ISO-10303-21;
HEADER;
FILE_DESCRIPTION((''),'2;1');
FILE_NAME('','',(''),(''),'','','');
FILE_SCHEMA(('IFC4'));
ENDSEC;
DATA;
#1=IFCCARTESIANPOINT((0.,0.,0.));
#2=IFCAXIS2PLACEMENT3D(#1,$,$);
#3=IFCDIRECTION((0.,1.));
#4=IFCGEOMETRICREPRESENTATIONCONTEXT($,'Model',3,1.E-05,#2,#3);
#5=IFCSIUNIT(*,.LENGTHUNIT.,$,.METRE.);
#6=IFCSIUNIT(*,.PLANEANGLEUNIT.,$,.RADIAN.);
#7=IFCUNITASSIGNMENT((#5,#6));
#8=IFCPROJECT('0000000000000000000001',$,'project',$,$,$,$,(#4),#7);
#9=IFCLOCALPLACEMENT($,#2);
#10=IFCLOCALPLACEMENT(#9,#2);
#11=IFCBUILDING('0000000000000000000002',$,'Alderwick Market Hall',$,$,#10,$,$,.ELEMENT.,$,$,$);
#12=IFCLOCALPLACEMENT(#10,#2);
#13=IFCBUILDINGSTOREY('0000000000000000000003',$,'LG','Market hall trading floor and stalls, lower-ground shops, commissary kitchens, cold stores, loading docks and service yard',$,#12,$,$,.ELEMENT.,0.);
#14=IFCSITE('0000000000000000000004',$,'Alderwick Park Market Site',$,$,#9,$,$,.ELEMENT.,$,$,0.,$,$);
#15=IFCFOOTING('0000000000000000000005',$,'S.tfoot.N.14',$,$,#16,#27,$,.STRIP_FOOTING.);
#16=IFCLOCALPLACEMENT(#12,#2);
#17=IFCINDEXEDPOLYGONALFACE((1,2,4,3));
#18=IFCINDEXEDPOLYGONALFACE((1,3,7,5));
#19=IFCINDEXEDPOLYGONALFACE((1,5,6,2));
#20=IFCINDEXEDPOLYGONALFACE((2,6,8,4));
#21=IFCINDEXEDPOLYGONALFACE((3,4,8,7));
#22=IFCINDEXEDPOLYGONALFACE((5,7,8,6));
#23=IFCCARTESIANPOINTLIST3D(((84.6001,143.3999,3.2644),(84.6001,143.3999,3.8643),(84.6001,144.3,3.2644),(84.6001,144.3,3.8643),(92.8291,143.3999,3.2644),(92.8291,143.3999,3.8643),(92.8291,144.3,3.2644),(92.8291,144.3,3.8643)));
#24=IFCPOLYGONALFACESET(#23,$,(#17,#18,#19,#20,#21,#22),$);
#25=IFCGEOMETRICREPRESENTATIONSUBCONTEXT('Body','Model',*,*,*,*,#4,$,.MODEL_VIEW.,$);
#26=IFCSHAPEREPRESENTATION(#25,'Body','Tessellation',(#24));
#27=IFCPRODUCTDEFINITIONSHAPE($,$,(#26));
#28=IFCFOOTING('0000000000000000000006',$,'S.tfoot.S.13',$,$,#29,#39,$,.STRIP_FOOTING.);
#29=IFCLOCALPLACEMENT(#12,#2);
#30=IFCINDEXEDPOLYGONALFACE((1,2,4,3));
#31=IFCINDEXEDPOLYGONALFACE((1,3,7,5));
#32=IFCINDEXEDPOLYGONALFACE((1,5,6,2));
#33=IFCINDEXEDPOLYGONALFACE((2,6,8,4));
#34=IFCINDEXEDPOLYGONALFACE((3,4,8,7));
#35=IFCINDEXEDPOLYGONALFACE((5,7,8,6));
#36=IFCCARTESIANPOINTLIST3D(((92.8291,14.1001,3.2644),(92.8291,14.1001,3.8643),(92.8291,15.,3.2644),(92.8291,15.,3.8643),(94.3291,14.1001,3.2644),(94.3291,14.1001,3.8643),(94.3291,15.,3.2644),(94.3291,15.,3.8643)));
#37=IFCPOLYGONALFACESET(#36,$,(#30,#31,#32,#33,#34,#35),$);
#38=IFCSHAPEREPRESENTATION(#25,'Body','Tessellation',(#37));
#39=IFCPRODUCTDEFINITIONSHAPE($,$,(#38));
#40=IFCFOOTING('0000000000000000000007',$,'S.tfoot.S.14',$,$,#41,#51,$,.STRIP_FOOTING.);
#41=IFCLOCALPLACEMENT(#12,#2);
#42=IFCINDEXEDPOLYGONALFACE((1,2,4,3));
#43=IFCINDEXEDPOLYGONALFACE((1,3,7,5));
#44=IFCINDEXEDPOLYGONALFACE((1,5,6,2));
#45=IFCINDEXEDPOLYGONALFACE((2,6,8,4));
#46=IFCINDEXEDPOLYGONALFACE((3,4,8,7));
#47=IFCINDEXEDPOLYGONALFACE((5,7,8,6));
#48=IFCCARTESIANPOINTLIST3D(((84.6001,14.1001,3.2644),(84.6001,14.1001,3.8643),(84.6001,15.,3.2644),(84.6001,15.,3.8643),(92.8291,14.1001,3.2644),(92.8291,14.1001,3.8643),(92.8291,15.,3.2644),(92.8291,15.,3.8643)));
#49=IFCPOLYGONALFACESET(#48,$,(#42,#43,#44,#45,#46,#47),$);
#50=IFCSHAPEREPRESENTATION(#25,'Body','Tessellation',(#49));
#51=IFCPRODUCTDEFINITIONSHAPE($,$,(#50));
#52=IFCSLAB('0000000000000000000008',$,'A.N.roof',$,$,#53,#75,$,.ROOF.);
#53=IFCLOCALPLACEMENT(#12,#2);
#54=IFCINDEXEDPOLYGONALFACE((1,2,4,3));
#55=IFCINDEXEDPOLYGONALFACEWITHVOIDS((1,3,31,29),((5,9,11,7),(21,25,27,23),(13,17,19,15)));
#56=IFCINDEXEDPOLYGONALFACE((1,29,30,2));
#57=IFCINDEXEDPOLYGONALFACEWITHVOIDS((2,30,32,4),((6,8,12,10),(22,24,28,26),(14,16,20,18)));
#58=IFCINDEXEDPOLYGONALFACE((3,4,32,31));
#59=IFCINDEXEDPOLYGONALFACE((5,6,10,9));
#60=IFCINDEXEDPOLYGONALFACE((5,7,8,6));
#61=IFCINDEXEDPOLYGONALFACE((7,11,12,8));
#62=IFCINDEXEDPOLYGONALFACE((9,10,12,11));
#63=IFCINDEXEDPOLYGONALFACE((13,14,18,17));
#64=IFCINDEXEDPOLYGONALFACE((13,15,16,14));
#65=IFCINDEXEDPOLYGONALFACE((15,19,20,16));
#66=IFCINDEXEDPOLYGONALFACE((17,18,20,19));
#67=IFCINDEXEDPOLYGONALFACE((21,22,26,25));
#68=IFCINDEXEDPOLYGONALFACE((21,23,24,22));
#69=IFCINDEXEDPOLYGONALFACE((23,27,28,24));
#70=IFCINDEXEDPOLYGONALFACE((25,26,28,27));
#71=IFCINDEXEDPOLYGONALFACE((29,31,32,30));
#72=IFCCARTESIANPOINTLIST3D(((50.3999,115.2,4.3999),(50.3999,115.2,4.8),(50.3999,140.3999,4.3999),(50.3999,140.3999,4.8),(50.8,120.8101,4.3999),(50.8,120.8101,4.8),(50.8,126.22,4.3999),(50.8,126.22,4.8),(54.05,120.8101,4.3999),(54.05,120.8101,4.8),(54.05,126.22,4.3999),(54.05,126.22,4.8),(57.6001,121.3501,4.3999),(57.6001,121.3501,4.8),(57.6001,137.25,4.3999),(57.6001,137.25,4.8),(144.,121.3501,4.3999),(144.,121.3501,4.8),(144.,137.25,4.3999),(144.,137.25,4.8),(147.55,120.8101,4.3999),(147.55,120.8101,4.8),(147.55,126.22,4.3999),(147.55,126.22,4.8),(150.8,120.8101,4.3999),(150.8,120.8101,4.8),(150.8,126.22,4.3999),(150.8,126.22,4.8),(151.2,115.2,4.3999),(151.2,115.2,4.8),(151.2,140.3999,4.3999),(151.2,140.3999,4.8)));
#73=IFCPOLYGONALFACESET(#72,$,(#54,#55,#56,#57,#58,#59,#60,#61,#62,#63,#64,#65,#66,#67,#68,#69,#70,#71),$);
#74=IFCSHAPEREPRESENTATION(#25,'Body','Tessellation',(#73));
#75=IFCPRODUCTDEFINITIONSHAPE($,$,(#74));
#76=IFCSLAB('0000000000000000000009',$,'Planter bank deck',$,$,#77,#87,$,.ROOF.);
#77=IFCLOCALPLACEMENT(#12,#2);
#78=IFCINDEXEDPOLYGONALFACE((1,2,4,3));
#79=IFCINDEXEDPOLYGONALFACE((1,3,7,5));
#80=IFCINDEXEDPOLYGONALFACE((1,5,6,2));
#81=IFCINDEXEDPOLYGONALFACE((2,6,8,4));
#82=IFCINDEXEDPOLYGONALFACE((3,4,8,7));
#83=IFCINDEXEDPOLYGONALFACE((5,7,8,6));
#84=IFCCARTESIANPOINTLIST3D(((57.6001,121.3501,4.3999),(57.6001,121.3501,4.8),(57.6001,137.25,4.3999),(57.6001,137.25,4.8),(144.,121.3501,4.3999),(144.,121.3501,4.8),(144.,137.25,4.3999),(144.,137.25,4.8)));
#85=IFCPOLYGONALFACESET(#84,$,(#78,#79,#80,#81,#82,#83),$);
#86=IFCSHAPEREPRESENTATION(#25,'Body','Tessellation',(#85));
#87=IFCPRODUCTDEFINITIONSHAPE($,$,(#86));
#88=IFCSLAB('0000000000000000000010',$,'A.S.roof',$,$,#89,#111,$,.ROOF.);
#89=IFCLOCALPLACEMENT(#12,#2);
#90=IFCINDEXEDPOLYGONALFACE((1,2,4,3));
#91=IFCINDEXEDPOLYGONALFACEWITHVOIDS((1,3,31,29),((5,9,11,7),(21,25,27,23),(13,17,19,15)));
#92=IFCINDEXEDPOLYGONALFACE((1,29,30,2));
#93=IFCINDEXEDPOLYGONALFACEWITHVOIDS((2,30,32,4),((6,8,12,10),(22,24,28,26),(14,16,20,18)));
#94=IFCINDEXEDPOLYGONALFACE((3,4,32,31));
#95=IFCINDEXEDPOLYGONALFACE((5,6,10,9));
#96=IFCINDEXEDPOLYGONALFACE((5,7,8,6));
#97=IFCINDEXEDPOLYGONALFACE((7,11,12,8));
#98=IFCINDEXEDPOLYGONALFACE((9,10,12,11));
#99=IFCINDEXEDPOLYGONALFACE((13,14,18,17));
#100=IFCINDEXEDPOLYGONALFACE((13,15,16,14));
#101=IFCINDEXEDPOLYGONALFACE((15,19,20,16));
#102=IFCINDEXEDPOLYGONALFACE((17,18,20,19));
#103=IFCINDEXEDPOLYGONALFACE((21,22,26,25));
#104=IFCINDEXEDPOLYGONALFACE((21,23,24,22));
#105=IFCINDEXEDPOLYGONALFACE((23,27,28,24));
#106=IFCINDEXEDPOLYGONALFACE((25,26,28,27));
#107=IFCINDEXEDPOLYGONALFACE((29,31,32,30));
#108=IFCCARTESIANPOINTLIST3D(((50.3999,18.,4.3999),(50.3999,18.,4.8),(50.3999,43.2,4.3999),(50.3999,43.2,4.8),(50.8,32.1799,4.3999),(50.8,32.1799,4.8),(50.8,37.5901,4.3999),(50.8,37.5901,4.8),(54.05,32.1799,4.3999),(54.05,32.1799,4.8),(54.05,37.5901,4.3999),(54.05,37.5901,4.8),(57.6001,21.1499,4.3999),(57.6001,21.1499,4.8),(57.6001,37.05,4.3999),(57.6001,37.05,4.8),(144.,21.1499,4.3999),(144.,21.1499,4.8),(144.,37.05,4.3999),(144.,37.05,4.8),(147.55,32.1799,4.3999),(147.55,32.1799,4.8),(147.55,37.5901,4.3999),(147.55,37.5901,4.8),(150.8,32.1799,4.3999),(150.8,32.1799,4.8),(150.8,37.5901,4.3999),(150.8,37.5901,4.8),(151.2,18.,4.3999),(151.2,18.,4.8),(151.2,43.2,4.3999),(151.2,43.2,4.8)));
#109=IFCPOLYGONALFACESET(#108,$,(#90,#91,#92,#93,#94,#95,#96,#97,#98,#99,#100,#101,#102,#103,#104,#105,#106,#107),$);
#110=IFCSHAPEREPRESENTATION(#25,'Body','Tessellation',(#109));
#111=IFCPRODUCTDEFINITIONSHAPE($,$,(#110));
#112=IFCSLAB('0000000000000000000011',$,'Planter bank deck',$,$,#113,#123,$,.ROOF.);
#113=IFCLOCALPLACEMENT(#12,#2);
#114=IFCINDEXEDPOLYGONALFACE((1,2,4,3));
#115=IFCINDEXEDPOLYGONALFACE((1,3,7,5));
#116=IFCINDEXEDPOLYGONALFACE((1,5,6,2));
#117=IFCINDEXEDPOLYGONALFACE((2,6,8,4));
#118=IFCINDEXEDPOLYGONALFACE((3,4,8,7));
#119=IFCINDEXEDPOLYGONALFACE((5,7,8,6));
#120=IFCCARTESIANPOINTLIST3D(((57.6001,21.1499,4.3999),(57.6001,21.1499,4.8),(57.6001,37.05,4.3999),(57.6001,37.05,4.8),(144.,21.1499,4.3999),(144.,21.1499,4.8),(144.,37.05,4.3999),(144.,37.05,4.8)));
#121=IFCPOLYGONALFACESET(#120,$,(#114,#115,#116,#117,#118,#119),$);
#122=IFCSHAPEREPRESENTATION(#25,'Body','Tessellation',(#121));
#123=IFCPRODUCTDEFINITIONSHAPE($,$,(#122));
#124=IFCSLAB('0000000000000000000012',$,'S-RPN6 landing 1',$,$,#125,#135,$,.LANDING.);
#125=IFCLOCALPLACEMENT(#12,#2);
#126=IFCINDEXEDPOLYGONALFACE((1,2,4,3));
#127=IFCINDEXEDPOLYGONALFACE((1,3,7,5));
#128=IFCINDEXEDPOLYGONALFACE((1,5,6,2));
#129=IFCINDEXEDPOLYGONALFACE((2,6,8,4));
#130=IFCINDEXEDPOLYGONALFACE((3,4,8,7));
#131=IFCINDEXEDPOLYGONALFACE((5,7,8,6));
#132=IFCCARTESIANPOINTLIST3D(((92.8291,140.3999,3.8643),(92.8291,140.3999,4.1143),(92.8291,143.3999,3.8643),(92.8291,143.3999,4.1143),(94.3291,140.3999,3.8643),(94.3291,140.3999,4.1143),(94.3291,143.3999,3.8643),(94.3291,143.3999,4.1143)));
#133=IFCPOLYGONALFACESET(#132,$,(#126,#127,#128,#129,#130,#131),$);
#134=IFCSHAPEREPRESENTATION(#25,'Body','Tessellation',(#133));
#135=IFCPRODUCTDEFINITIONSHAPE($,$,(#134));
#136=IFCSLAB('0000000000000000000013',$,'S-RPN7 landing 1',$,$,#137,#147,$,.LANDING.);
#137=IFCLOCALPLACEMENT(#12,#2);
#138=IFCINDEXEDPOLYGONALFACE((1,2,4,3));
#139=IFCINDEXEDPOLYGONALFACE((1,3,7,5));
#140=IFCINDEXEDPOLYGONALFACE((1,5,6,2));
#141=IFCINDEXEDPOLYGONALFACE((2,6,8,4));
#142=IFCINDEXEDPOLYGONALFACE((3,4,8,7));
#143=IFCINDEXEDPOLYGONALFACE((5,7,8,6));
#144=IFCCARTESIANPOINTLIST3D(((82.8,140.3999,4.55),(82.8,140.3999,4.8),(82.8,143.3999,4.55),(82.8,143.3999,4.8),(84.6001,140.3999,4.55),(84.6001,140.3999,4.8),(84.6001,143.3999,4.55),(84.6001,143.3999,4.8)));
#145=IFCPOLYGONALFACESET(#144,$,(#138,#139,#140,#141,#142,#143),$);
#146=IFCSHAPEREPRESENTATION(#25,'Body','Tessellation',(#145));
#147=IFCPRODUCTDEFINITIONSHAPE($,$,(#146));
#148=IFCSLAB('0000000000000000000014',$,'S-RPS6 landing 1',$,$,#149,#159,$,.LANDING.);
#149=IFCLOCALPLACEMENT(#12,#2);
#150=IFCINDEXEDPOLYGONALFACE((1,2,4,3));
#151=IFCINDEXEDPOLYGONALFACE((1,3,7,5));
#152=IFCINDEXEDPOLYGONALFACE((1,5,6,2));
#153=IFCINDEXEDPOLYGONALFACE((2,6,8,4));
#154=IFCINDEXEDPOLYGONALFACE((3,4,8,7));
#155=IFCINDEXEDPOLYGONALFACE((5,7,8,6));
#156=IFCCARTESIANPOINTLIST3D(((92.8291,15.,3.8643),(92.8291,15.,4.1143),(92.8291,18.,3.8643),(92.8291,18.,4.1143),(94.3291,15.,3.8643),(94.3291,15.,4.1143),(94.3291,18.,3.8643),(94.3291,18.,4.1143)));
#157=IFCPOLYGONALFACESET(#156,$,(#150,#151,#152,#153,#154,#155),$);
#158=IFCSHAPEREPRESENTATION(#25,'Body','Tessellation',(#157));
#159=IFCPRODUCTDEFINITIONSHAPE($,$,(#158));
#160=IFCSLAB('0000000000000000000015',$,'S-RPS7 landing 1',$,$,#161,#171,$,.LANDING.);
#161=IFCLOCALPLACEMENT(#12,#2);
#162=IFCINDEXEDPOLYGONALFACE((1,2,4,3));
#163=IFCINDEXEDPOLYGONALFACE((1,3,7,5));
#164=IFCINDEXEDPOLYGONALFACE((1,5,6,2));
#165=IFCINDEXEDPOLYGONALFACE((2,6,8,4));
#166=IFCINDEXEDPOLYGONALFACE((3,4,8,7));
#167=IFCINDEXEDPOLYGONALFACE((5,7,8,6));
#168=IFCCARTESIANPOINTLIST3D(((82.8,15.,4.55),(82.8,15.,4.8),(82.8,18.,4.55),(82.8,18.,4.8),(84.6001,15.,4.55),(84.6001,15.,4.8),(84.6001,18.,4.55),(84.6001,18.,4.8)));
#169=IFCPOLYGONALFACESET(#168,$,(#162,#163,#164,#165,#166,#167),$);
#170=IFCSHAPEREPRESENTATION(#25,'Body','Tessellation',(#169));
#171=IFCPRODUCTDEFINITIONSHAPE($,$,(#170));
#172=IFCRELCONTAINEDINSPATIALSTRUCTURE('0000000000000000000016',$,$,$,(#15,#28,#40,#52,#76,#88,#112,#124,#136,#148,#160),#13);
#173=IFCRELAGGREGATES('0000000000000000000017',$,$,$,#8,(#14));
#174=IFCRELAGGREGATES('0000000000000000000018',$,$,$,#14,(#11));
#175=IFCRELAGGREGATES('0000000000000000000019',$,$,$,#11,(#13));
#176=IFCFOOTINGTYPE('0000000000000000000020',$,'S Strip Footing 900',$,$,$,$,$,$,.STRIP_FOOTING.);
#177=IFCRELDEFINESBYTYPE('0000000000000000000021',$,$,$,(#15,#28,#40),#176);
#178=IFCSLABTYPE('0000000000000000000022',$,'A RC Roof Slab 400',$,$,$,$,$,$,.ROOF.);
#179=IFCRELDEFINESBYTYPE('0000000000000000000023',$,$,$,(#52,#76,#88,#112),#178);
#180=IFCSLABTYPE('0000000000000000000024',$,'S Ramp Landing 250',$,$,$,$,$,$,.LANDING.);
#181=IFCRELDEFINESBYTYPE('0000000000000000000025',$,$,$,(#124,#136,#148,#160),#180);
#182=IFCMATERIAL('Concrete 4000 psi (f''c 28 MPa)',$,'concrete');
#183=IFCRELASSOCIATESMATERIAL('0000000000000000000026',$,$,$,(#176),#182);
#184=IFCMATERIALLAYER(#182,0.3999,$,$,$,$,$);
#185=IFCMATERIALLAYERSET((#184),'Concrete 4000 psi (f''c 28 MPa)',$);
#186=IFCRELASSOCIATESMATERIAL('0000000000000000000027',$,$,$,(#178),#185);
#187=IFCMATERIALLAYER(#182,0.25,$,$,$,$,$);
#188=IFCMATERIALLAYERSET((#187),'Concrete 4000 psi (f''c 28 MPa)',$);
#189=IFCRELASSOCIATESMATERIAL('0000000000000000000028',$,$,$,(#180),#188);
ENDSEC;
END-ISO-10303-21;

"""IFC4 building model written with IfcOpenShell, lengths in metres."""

from ifc_helpers import new_model, si_unit, direction, frame, origin, place, context, subcontext, project, spatial, polyline, outline, extrude, material, layer, layer_set, type_object, element, save


model = new_model("IFC4")

# Units and contexts
model_context = context("Model", 3, precision=1e-05, world=origin(), true_north=direction((0.0, 1.0)))
body_context = subcontext(model_context, "Body", "Model", "MODEL_VIEW")
ifc_project = project(units=[si_unit("LENGTHUNIT", "METRE"), si_unit("PLANEANGLEUNIT", "RADIAN")], contexts=[model_context])

# Site, building, storey
site_placement = place(None, origin())
site = spatial("IfcSite", under=ifc_project, at=site_placement, Name="Alderwick Park Market Site", CompositionType="ELEMENT", RefElevation=0.0)
building_placement = place(site_placement, origin())
building = spatial("IfcBuilding", under=site, at=building_placement, Name="Alderwick Market Hall", CompositionType="ELEMENT")
storey_placement = place(building_placement, origin())
storey = spatial("IfcBuildingStorey", under=building, at=storey_placement, Name="LG", Description="Market hall trading floor and stalls, lower-ground shops, commissary kitchens, cold stores, loading docks and service yard", CompositionType="ELEMENT", Elevation=0.0)

# Footings
ifc_material_1 = material(Name="Concrete 4000 psi (f'c 28 MPa)", Category="concrete")
footing_type = type_object("IfcFootingType", Name="S Strip Footing 900", PredefinedType="STRIP_FOOTING", material=ifc_material_1)
footing_1_placement = place(storey_placement, frame((0.0, 0.0, 3.2644)))
element("IfcFooting", 1, at=footing_1_placement, inside=storey, type_object=footing_type, Name="S.tfoot.N.14", PredefinedType="STRIP_FOOTING", context=body_context, shape_type="SweptSolid", body=[
    extrude(outline(polyline([(92.8291, 143.3999), (92.8291, 144.3), (84.6001, 144.3), (84.6001, 143.3999), (92.8291, 143.3999)])), origin(), (0.0, 0.0, 1.0), 0.5999),
])
footing_2_placement = place(storey_placement, frame((0.0, 0.0, 3.2644)))
element("IfcFooting", 2, at=footing_2_placement, inside=storey, type_object=footing_type, Name="S.tfoot.S.13", PredefinedType="STRIP_FOOTING", context=body_context, shape_type="SweptSolid", body=[
    extrude(outline(polyline([(94.3291, 14.1001), (94.3291, 15.0), (92.8291, 15.0), (92.8291, 14.1001), (94.3291, 14.1001)])), origin(), (0.0, 0.0, 1.0), 0.5999),
])
footing_3_placement = place(storey_placement, frame((0.0, 0.0, 3.2644)))
element("IfcFooting", 3, at=footing_3_placement, inside=storey, type_object=footing_type, Name="S.tfoot.S.14", PredefinedType="STRIP_FOOTING", context=body_context, shape_type="SweptSolid", body=[
    extrude(outline(polyline([(92.8291, 14.1001), (92.8291, 15.0), (84.6001, 15.0), (84.6001, 14.1001), (92.8291, 14.1001)])), origin(), (0.0, 0.0, 1.0), 0.5999),
])

# Slabs
ifc_layer_1 = layer(ifc_material_1, 0.3999)
ifc_layer_set_1 = layer_set([ifc_layer_1], Name="Concrete 4000 psi (f'c 28 MPa)")
slab_type_1 = type_object("IfcSlabType", Name="A RC Roof Slab 400", PredefinedType="ROOF", material=ifc_layer_set_1)
slab_1_placement = place(storey_placement, frame((0.0, 0.0, 4.3999)))
element("IfcSlab", 4, at=slab_1_placement, inside=storey, type_object=slab_type_1, Name="A.N.roof", PredefinedType="ROOF", context=body_context, shape_type="SweptSolid", body=[
    extrude(outline(polyline([(151.2, 140.3999), (151.2, 115.2), (50.3999, 115.2), (50.3999, 140.3999), (151.2, 140.3999)]), holes=[polyline([(50.8, 120.8101), (54.05, 120.8101), (54.05, 126.22), (50.8, 126.22), (50.8, 120.8101)]), polyline([(147.55, 126.22), (147.55, 120.8101), (150.8, 120.8101), (150.8, 126.22), (147.55, 126.22)]), polyline([(144.0, 137.25), (57.6001, 137.25), (57.6001, 121.3501), (144.0, 121.3501), (144.0, 137.25)])]), origin(), (0.0, 0.0, 1.0), 0.4001),
])
slab_2_placement = place(storey_placement, frame((0.0, 0.0, 4.3999)))
element("IfcSlab", 5, at=slab_2_placement, inside=storey, type_object=slab_type_1, Name="Planter bank deck", PredefinedType="ROOF", context=body_context, shape_type="SweptSolid", body=[
    extrude(outline(polyline([(144.0, 121.3501), (144.0, 137.25), (57.6001, 137.25), (57.6001, 121.3501), (144.0, 121.3501)])), origin(), (0.0, 0.0, 1.0), 0.4001),
])
slab_3_placement = place(storey_placement, frame((0.0, 0.0, 4.3999)))
element("IfcSlab", 6, at=slab_3_placement, inside=storey, type_object=slab_type_1, Name="A.S.roof", PredefinedType="ROOF", context=body_context, shape_type="SweptSolid", body=[
    extrude(outline(polyline([(151.2, 43.2), (151.2, 18.0), (50.3999, 18.0), (50.3999, 43.2), (151.2, 43.2)]), holes=[polyline([(50.8, 32.1799), (54.05, 32.1799), (54.05, 37.5901), (50.8, 37.5901), (50.8, 32.1799)]), polyline([(147.55, 37.5901), (147.55, 32.1799), (150.8, 32.1799), (150.8, 37.5901), (147.55, 37.5901)]), polyline([(144.0, 37.05), (57.6001, 37.05), (57.6001, 21.1499), (144.0, 21.1499), (144.0, 37.05)])]), origin(), (0.0, 0.0, 1.0), 0.4001),
])
slab_4_placement = place(storey_placement, frame((0.0, 0.0, 4.3999)))
element("IfcSlab", 7, at=slab_4_placement, inside=storey, type_object=slab_type_1, Name="Planter bank deck", PredefinedType="ROOF", context=body_context, shape_type="SweptSolid", body=[
    extrude(outline(polyline([(144.0, 21.1499), (144.0, 37.05), (57.6001, 37.05), (57.6001, 21.1499), (144.0, 21.1499)])), origin(), (0.0, 0.0, 1.0), 0.4001),
])
ifc_layer_2 = layer(ifc_material_1, 0.25)
ifc_layer_set_2 = layer_set([ifc_layer_2], Name="Concrete 4000 psi (f'c 28 MPa)")
slab_type_2 = type_object("IfcSlabType", Name="S Ramp Landing 250", PredefinedType="LANDING", material=ifc_layer_set_2)
slab_5_placement = place(storey_placement, frame((0.0, 0.0, 3.8643)))
element("IfcSlab", 8, at=slab_5_placement, inside=storey, type_object=slab_type_2, Name="S-RPN6 landing 1", PredefinedType="LANDING", context=body_context, shape_type="SweptSolid", body=[
    extrude(outline(polyline([(94.3291, 140.3999), (92.8291, 140.3999), (92.8291, 143.3999), (94.3291, 143.3999), (94.3291, 140.3999)])), origin(), (0.0, 0.0, 1.0), 0.25),
])
slab_6_placement = place(storey_placement, frame((0.0, 0.0, 4.55)))
element("IfcSlab", 9, at=slab_6_placement, inside=storey, type_object=slab_type_2, Name="S-RPN7 landing 1", PredefinedType="LANDING", context=body_context, shape_type="SweptSolid", body=[
    extrude(outline(polyline([(84.6001, 140.3999), (82.8, 140.3999), (82.8, 143.3999), (84.6001, 143.3999), (84.6001, 140.3999)])), origin(), (0.0, 0.0, 1.0), 0.25),
])
slab_7_placement = place(storey_placement, frame((0.0, 0.0, 3.8643)))
element("IfcSlab", 10, at=slab_7_placement, inside=storey, type_object=slab_type_2, Name="S-RPS6 landing 1", PredefinedType="LANDING", context=body_context, shape_type="SweptSolid", body=[
    extrude(outline(polyline([(94.3291, 15.0), (92.8291, 15.0), (92.8291, 18.0), (94.3291, 18.0), (94.3291, 15.0)])), origin(), (0.0, 0.0, 1.0), 0.25),
])
slab_8_placement = place(storey_placement, frame((0.0, 0.0, 4.55)))
element("IfcSlab", 11, at=slab_8_placement, inside=storey, type_object=slab_type_2, Name="S-RPS7 landing 1", PredefinedType="LANDING", context=body_context, shape_type="SweptSolid", body=[
    extrude(outline(polyline([(84.6001, 15.0), (82.8, 15.0), (82.8, 18.0), (84.6001, 18.0), (84.6001, 15.0)])), origin(), (0.0, 0.0, 1.0), 0.25),
])

save(model, "model.ifc")
